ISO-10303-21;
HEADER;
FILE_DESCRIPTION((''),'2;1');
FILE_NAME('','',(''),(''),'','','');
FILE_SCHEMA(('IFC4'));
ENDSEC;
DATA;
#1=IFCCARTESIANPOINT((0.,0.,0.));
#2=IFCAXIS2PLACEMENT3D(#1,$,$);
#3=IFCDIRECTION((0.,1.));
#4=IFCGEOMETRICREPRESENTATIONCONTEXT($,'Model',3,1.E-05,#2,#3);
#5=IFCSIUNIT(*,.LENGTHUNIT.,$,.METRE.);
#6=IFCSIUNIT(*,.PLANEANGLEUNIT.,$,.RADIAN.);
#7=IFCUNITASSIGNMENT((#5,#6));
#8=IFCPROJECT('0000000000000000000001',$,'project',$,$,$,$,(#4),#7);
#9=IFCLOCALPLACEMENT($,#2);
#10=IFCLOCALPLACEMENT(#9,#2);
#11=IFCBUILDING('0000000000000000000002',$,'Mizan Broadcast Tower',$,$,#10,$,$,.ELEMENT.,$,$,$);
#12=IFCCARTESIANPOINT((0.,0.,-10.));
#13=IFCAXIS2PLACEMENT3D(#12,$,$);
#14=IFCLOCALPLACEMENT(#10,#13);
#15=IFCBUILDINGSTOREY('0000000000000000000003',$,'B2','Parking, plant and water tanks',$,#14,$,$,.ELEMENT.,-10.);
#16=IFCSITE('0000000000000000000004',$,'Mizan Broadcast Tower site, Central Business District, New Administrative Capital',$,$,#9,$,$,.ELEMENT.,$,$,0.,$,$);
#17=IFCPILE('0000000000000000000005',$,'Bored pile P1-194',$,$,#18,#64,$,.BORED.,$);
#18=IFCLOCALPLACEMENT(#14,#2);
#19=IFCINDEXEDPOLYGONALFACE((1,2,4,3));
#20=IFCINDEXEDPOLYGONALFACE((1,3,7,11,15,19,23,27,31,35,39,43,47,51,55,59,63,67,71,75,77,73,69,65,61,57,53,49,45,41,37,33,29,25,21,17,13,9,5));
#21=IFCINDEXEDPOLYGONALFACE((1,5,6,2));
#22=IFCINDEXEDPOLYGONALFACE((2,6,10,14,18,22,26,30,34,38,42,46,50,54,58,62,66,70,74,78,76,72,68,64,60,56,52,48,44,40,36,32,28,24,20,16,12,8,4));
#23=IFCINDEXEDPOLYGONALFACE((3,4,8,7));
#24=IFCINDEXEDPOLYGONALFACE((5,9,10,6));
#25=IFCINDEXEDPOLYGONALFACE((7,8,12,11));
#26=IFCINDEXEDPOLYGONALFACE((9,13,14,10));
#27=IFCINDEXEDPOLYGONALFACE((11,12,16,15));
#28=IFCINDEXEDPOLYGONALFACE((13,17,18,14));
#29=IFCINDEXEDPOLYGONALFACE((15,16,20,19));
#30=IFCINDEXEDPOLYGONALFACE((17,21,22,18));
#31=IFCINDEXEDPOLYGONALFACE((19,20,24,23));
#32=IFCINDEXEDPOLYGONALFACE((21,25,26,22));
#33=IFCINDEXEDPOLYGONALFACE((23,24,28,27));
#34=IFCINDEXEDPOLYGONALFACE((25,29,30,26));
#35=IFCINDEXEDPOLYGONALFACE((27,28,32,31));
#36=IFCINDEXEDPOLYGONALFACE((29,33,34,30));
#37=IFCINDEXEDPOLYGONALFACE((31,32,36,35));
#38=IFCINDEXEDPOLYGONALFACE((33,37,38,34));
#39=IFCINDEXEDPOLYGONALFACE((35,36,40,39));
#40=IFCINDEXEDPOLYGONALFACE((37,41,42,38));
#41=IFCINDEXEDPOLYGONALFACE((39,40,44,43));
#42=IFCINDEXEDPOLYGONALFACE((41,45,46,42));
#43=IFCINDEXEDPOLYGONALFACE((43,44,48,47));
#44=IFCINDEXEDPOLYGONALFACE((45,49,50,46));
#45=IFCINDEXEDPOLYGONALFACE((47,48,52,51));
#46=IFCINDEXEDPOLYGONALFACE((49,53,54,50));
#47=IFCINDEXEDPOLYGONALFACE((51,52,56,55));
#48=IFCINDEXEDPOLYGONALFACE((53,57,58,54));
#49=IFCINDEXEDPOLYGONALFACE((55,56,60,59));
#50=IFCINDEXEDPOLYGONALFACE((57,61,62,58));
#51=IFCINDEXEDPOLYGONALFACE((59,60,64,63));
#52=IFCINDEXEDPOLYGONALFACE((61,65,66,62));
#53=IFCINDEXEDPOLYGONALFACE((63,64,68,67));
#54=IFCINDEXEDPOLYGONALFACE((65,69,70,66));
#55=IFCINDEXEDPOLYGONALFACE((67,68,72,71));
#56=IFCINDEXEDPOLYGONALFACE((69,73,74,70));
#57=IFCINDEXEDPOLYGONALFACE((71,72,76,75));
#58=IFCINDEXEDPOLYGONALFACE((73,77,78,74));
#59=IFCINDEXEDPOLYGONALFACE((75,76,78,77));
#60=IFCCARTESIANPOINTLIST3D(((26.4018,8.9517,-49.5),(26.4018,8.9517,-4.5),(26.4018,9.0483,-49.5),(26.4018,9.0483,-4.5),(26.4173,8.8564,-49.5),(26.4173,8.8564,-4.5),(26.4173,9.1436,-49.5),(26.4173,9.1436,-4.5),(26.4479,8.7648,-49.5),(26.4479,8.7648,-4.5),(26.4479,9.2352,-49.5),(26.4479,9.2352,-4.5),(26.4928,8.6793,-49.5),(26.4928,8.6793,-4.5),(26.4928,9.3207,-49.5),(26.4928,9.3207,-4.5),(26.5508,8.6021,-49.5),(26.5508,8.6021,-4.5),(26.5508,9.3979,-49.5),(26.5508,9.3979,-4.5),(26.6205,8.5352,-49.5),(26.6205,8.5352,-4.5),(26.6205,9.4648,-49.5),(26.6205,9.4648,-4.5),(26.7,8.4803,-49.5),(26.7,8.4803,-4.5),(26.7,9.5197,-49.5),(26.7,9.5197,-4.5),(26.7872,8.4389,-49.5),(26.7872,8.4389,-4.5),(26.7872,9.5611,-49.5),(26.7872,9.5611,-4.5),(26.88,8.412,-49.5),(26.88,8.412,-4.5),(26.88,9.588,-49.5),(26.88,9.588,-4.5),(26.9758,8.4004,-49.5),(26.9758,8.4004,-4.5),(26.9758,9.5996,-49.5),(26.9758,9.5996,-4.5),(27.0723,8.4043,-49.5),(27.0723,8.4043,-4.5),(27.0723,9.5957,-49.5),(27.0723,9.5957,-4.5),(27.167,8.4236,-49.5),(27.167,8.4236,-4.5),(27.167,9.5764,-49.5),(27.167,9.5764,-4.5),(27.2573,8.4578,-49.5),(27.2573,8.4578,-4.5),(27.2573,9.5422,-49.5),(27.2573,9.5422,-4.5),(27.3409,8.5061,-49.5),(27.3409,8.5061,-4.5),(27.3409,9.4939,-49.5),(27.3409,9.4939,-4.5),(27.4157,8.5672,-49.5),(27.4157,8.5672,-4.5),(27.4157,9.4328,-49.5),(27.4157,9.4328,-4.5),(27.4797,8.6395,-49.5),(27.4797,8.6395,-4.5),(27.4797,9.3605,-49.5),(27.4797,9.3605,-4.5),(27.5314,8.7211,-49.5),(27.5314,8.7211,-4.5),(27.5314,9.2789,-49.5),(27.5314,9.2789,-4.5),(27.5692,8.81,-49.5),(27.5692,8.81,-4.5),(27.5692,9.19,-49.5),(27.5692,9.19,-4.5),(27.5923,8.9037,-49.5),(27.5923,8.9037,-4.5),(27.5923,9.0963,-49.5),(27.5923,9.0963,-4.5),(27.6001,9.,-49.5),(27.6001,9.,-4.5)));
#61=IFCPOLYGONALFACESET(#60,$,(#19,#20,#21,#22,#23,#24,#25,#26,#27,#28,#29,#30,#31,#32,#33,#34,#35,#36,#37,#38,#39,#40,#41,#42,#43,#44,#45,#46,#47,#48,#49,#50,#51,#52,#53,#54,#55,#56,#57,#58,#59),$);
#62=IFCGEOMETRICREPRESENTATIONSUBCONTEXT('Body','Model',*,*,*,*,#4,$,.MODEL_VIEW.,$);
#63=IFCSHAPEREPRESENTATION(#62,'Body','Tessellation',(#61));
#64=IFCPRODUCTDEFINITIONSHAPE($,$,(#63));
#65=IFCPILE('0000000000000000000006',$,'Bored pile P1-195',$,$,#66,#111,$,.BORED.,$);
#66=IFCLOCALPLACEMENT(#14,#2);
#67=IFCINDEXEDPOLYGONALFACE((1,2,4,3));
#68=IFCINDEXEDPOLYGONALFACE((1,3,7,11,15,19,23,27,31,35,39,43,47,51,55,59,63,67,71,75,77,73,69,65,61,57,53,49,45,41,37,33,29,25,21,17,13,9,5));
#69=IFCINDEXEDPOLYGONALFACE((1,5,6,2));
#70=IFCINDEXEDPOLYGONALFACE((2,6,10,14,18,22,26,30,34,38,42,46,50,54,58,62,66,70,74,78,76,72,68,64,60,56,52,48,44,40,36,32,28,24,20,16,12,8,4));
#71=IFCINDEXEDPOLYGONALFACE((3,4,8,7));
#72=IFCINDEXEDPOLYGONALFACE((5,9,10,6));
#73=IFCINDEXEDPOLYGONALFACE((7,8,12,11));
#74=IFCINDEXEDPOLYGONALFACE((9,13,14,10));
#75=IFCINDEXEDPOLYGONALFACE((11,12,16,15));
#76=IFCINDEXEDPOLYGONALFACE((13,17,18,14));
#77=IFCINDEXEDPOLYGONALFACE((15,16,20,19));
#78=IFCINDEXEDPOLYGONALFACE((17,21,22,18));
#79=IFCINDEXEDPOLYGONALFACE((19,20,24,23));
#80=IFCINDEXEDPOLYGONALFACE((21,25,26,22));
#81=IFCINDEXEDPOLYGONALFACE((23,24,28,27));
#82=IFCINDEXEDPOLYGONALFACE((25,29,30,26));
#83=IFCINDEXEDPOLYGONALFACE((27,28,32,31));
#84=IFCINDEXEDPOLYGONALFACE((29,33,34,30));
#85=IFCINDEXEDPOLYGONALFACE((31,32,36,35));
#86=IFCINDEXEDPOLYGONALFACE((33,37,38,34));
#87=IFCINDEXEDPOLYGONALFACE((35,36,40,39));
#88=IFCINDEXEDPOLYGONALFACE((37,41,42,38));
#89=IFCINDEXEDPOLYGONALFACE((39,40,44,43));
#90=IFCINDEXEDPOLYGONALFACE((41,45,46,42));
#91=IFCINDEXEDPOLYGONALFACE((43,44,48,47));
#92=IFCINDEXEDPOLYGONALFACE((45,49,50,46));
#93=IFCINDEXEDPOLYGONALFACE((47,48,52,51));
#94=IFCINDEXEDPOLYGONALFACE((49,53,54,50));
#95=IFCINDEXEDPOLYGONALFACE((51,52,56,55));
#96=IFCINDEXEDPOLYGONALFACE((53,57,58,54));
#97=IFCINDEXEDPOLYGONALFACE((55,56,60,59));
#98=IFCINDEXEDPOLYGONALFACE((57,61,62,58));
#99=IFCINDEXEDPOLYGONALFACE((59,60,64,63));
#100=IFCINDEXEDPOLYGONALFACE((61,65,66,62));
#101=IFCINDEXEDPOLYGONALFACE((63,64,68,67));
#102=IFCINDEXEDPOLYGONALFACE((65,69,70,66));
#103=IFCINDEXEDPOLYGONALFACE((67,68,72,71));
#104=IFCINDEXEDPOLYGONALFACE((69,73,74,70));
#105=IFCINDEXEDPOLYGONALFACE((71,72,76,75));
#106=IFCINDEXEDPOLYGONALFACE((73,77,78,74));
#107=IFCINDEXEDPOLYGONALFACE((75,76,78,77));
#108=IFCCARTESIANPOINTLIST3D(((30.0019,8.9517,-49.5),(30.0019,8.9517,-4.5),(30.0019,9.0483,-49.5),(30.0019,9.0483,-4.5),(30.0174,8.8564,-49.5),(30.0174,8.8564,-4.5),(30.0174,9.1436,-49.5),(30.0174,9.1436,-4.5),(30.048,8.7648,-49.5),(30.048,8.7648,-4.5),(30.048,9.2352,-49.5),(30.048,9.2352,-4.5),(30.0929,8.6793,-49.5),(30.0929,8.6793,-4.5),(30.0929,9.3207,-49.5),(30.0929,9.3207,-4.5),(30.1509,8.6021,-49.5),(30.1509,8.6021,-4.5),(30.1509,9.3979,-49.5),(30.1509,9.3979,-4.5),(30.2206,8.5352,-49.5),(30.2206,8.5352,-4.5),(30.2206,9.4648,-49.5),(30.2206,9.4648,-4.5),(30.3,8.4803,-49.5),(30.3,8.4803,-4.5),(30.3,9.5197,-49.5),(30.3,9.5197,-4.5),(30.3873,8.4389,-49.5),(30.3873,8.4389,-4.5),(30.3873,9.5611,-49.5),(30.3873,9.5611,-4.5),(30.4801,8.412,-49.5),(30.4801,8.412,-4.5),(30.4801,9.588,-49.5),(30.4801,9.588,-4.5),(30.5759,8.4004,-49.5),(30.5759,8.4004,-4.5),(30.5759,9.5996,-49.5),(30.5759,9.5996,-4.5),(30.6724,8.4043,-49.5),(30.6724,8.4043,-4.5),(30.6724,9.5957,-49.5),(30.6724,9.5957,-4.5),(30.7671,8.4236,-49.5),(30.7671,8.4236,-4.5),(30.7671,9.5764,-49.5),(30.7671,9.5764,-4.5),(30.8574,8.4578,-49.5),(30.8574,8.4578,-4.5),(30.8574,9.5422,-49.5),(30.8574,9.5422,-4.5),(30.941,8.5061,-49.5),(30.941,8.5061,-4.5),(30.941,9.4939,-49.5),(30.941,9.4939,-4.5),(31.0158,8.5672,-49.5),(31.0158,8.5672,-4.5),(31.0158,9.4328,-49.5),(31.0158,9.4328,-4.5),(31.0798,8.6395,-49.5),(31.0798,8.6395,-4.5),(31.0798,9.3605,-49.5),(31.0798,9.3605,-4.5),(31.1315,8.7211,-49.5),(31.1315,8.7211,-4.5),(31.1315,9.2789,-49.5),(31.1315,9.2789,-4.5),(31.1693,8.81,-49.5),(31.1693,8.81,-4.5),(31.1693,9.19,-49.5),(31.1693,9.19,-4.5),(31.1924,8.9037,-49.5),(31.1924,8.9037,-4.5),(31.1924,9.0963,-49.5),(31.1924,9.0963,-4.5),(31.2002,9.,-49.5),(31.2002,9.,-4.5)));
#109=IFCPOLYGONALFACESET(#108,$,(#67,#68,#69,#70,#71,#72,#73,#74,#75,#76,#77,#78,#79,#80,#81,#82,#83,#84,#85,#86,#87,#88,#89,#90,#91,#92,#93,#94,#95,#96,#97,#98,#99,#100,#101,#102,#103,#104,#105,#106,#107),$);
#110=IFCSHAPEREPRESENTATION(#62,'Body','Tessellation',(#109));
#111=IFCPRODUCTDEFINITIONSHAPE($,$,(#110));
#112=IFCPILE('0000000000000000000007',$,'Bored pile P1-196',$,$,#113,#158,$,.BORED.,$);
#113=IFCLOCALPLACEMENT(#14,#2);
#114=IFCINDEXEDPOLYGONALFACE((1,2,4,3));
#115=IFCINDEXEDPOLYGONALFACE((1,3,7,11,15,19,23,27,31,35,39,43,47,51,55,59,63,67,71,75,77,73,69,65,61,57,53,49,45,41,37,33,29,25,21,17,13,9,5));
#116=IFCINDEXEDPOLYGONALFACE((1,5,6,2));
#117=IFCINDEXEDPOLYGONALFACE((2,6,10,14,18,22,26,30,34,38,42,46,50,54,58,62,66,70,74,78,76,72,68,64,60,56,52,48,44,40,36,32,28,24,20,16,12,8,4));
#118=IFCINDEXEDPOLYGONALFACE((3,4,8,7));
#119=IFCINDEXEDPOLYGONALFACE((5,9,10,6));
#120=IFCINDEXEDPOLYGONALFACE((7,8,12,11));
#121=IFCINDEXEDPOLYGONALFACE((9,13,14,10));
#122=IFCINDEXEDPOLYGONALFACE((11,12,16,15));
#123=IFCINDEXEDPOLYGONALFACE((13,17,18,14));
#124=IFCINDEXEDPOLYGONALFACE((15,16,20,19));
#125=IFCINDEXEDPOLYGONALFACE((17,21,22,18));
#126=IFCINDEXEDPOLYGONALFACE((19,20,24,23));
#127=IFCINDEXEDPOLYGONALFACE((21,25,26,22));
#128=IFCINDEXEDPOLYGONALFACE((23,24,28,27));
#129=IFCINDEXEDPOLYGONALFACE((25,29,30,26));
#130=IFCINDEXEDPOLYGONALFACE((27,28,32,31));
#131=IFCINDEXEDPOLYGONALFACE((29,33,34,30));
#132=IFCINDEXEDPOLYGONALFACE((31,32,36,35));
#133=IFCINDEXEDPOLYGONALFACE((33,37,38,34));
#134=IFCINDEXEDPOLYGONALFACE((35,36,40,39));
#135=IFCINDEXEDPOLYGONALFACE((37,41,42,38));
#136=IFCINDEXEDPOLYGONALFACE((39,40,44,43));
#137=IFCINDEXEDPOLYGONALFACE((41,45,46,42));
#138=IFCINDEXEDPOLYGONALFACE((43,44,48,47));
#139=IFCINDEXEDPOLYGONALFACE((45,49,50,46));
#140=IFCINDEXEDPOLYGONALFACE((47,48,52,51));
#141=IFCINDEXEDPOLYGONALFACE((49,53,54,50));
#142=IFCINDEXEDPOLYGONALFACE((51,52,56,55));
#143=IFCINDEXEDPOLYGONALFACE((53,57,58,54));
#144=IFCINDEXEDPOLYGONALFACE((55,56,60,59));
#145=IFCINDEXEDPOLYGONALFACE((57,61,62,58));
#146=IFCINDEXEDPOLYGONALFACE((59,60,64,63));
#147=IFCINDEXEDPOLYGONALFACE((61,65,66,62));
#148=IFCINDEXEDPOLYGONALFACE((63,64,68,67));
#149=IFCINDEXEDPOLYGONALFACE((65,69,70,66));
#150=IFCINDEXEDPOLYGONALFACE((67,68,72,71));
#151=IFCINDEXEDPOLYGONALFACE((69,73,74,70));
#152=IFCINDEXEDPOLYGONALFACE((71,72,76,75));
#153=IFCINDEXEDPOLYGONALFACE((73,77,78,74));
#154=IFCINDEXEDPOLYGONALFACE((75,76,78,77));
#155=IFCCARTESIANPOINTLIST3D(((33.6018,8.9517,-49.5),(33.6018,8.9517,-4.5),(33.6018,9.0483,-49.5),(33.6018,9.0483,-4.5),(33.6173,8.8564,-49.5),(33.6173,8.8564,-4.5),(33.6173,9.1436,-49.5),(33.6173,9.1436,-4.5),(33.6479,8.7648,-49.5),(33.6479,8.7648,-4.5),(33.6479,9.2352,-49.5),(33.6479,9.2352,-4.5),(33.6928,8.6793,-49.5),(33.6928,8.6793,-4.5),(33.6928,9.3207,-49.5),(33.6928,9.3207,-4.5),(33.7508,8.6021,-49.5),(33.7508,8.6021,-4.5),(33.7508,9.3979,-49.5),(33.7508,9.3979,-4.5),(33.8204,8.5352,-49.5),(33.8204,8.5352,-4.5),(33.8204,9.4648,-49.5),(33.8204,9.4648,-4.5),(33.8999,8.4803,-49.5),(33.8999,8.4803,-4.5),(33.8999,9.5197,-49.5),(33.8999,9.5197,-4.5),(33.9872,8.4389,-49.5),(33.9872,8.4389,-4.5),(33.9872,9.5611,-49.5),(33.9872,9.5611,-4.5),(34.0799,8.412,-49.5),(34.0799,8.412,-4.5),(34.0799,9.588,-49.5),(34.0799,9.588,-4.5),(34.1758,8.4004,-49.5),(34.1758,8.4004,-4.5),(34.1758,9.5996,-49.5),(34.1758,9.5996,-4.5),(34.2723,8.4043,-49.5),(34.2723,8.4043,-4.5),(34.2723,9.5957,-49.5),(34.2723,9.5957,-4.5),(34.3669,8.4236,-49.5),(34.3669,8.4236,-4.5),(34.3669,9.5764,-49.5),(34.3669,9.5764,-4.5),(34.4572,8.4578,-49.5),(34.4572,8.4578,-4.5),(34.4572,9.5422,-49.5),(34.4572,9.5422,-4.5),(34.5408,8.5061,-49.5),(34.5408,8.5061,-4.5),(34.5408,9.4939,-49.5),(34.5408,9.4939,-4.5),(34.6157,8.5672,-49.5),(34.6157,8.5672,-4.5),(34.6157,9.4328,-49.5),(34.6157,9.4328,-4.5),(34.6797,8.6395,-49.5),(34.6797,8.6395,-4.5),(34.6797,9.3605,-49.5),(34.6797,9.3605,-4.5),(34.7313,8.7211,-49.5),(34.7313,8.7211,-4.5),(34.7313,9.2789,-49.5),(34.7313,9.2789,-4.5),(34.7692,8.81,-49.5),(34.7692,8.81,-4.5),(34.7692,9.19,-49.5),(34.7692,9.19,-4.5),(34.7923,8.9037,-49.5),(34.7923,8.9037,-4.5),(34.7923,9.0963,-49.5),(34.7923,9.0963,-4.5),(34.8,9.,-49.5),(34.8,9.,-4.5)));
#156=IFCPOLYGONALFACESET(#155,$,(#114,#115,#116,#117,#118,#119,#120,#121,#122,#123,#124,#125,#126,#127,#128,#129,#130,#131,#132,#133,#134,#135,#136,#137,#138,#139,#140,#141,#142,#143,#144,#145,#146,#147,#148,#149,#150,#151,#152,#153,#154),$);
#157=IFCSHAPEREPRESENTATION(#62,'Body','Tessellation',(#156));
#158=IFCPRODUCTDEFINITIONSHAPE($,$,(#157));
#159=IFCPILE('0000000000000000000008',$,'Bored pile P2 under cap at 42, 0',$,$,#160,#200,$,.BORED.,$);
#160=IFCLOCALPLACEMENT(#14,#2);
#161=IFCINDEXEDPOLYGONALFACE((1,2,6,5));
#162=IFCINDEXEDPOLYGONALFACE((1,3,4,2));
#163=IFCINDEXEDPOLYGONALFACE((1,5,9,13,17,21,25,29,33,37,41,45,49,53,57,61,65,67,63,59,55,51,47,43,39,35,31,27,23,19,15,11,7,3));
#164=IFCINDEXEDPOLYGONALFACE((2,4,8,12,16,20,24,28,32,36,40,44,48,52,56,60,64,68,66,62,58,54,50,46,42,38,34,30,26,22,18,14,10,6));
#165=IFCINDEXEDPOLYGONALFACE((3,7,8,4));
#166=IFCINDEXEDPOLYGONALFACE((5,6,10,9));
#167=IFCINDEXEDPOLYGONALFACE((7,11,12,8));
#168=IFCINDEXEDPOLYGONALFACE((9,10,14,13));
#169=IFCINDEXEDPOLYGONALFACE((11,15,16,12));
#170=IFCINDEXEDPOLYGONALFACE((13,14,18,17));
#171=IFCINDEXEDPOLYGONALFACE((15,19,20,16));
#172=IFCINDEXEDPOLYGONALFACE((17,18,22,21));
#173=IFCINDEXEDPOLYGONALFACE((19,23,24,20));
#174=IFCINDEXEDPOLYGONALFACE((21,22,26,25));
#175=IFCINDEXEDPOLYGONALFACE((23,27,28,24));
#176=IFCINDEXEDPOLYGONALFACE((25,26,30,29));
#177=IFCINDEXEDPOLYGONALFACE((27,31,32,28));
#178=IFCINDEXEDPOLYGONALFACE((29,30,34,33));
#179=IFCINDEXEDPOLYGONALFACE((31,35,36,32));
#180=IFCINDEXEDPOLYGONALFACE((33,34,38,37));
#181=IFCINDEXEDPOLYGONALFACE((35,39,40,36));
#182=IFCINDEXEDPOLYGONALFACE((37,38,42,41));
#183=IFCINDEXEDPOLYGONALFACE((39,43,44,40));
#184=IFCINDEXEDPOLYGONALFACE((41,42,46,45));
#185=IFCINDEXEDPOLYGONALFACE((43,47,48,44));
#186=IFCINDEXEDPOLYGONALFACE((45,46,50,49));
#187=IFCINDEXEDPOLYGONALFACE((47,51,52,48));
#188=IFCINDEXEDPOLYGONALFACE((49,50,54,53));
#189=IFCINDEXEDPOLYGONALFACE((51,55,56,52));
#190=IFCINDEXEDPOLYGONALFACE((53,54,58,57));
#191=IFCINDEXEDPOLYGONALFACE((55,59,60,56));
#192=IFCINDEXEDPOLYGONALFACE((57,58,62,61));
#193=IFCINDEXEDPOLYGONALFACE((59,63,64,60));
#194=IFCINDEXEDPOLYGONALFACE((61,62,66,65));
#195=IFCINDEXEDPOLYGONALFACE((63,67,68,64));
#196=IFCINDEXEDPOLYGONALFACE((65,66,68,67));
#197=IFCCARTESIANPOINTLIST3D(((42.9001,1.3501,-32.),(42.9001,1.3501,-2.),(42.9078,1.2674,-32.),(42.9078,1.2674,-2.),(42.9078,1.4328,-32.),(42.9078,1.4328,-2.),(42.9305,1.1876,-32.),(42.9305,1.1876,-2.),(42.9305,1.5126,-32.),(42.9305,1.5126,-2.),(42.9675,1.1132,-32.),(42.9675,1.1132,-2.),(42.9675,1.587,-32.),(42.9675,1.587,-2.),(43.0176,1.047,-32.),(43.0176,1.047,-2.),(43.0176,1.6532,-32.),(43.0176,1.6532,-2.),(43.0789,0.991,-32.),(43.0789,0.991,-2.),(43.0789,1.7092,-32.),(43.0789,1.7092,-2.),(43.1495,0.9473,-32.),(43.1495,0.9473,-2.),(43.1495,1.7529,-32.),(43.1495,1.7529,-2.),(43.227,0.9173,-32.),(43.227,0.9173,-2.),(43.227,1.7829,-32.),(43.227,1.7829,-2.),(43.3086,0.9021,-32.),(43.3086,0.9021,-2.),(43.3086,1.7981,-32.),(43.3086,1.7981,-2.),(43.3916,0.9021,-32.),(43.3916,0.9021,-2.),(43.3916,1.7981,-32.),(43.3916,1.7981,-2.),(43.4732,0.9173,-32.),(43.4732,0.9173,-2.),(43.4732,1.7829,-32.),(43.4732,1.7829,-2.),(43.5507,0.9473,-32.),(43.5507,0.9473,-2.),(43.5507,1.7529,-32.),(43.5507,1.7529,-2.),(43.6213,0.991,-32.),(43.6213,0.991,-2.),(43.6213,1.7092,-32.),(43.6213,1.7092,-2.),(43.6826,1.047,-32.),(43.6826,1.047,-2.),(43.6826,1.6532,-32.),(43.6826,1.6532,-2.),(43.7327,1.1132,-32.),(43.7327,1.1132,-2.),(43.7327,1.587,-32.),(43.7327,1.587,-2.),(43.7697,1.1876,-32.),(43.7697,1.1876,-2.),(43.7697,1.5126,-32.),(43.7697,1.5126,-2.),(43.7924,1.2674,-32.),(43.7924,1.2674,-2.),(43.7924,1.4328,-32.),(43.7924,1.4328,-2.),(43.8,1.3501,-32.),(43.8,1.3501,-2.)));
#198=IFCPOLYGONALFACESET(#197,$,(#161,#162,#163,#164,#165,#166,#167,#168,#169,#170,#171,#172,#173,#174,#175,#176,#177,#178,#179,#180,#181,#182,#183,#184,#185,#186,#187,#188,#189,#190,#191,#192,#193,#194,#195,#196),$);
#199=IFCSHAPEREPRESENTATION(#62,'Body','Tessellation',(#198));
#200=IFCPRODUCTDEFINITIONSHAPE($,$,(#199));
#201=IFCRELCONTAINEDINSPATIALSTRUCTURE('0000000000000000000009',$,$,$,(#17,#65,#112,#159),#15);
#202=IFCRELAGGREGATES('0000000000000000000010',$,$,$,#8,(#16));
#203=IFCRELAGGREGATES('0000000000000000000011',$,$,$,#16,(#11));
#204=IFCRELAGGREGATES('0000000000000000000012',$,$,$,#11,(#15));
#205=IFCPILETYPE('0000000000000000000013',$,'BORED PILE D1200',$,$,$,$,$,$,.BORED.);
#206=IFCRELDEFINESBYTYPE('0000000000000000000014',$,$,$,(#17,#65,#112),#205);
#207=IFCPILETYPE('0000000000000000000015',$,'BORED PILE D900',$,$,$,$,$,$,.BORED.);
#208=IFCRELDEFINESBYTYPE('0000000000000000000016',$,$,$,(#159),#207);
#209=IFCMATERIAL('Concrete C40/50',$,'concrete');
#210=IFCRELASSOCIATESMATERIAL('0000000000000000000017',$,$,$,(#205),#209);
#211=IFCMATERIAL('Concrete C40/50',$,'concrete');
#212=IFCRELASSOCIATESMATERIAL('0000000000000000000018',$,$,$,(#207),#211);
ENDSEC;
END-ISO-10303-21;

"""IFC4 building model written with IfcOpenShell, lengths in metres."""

from ifc_helpers import new_model, si_unit, direction, frame, origin, origin_2d, place, context, subcontext, project, spatial, circle, extrude, material, material_profile, profile_set, type_object, element, save


model = new_model("IFC4")

# Units and contexts
model_context = context("Model", 3, precision=1e-05, world=origin(), true_north=direction((0.0, 1.0)))
body_context = subcontext(model_context, "Body", "Model", "MODEL_VIEW")
ifc_project = project(units=[si_unit("LENGTHUNIT", "METRE"), si_unit("PLANEANGLEUNIT", "RADIAN")], contexts=[model_context])

# Site, building, storey
site_placement = place(None, origin())
site = spatial("IfcSite", under=ifc_project, at=site_placement, Name="Mizan Broadcast Tower site, Central Business District, New Administrative Capital", CompositionType="ELEMENT", RefElevation=0.0)
building_placement = place(site_placement, origin())
building = spatial("IfcBuilding", under=site, at=building_placement, Name="Mizan Broadcast Tower", CompositionType="ELEMENT")
storey_placement = place(building_placement, frame((0.0, 0.0, -10.0)))
storey = spatial("IfcBuildingStorey", under=building, at=storey_placement, Name="B2", Description="Parking, plant and water tanks", CompositionType="ELEMENT", Elevation=-10.0)

# Piles
ifc_material_1 = material(Name="Concrete C40/50", Category="concrete")
ifc_material_profile_1 = material_profile(ifc_material_1, circle(Radius=0.6001, at=origin_2d()), Name="D1200")
ifc_profile_set_1 = profile_set([ifc_material_profile_1], Name="Concrete C40/50")
pile_type_1 = type_object("IfcPileType", Name="BORED PILE D1200", PredefinedType="BORED", material=ifc_profile_set_1)
for number, where, z_axis, x_axis, name in (
    (1, (27.0, 9.0, -4.5), (0.0, 0.0, -1.0), (1.0, 0.0, 0.0), "Bored pile P1-194"),
    (2, (30.6001, 9.0, -4.5), (0.0, 0.0, -1.0), (1.0, 0.0, 0.0), "Bored pile P1-195"),
    (3, (34.2, 9.0, -4.5), (0.0, 0.0, -1.0), (1.0, 0.0, 0.0), "Bored pile P1-196"),
):
    element("IfcPile", number, at=place(storey_placement, frame(where, z_axis=z_axis, x_axis=x_axis)), inside=storey, type_object=pile_type_1, Name=name, PredefinedType="BORED", context=body_context, shape_type="SweptSolid", body=[
        extrude(circle(Radius=0.6001, at=origin_2d()), origin(), (0.0, 0.0, 1.0), 45.0),
    ])
ifc_material_2 = material(Name="Concrete C40/50", Category="concrete")
ifc_material_profile_2 = material_profile(ifc_material_2, circle(Radius=0.45, at=origin_2d()), Name="D900")
ifc_profile_set_2 = profile_set([ifc_material_profile_2], Name="Concrete C40/50")
pile_type_2 = type_object("IfcPileType", Name="BORED PILE D900", PredefinedType="BORED", material=ifc_profile_set_2)
for number, where, z_axis, x_axis, name in (
    (4, (43.3501, 1.3501, -2.0), (0.0, 0.0, -1.0), (1.0, 0.0, 0.0), "Bored pile P2 under cap at 42, 0"),
):
    element("IfcPile", number, at=place(storey_placement, frame(where, z_axis=z_axis, x_axis=x_axis)), inside=storey, type_object=pile_type_2, Name=name, PredefinedType="BORED", context=body_context, shape_type="SweptSolid", body=[
        extrude(circle(Radius=0.45, at=origin_2d()), origin(), (0.0, 0.0, 1.0), 30.0),
    ])

save(model, "model.ifc")
